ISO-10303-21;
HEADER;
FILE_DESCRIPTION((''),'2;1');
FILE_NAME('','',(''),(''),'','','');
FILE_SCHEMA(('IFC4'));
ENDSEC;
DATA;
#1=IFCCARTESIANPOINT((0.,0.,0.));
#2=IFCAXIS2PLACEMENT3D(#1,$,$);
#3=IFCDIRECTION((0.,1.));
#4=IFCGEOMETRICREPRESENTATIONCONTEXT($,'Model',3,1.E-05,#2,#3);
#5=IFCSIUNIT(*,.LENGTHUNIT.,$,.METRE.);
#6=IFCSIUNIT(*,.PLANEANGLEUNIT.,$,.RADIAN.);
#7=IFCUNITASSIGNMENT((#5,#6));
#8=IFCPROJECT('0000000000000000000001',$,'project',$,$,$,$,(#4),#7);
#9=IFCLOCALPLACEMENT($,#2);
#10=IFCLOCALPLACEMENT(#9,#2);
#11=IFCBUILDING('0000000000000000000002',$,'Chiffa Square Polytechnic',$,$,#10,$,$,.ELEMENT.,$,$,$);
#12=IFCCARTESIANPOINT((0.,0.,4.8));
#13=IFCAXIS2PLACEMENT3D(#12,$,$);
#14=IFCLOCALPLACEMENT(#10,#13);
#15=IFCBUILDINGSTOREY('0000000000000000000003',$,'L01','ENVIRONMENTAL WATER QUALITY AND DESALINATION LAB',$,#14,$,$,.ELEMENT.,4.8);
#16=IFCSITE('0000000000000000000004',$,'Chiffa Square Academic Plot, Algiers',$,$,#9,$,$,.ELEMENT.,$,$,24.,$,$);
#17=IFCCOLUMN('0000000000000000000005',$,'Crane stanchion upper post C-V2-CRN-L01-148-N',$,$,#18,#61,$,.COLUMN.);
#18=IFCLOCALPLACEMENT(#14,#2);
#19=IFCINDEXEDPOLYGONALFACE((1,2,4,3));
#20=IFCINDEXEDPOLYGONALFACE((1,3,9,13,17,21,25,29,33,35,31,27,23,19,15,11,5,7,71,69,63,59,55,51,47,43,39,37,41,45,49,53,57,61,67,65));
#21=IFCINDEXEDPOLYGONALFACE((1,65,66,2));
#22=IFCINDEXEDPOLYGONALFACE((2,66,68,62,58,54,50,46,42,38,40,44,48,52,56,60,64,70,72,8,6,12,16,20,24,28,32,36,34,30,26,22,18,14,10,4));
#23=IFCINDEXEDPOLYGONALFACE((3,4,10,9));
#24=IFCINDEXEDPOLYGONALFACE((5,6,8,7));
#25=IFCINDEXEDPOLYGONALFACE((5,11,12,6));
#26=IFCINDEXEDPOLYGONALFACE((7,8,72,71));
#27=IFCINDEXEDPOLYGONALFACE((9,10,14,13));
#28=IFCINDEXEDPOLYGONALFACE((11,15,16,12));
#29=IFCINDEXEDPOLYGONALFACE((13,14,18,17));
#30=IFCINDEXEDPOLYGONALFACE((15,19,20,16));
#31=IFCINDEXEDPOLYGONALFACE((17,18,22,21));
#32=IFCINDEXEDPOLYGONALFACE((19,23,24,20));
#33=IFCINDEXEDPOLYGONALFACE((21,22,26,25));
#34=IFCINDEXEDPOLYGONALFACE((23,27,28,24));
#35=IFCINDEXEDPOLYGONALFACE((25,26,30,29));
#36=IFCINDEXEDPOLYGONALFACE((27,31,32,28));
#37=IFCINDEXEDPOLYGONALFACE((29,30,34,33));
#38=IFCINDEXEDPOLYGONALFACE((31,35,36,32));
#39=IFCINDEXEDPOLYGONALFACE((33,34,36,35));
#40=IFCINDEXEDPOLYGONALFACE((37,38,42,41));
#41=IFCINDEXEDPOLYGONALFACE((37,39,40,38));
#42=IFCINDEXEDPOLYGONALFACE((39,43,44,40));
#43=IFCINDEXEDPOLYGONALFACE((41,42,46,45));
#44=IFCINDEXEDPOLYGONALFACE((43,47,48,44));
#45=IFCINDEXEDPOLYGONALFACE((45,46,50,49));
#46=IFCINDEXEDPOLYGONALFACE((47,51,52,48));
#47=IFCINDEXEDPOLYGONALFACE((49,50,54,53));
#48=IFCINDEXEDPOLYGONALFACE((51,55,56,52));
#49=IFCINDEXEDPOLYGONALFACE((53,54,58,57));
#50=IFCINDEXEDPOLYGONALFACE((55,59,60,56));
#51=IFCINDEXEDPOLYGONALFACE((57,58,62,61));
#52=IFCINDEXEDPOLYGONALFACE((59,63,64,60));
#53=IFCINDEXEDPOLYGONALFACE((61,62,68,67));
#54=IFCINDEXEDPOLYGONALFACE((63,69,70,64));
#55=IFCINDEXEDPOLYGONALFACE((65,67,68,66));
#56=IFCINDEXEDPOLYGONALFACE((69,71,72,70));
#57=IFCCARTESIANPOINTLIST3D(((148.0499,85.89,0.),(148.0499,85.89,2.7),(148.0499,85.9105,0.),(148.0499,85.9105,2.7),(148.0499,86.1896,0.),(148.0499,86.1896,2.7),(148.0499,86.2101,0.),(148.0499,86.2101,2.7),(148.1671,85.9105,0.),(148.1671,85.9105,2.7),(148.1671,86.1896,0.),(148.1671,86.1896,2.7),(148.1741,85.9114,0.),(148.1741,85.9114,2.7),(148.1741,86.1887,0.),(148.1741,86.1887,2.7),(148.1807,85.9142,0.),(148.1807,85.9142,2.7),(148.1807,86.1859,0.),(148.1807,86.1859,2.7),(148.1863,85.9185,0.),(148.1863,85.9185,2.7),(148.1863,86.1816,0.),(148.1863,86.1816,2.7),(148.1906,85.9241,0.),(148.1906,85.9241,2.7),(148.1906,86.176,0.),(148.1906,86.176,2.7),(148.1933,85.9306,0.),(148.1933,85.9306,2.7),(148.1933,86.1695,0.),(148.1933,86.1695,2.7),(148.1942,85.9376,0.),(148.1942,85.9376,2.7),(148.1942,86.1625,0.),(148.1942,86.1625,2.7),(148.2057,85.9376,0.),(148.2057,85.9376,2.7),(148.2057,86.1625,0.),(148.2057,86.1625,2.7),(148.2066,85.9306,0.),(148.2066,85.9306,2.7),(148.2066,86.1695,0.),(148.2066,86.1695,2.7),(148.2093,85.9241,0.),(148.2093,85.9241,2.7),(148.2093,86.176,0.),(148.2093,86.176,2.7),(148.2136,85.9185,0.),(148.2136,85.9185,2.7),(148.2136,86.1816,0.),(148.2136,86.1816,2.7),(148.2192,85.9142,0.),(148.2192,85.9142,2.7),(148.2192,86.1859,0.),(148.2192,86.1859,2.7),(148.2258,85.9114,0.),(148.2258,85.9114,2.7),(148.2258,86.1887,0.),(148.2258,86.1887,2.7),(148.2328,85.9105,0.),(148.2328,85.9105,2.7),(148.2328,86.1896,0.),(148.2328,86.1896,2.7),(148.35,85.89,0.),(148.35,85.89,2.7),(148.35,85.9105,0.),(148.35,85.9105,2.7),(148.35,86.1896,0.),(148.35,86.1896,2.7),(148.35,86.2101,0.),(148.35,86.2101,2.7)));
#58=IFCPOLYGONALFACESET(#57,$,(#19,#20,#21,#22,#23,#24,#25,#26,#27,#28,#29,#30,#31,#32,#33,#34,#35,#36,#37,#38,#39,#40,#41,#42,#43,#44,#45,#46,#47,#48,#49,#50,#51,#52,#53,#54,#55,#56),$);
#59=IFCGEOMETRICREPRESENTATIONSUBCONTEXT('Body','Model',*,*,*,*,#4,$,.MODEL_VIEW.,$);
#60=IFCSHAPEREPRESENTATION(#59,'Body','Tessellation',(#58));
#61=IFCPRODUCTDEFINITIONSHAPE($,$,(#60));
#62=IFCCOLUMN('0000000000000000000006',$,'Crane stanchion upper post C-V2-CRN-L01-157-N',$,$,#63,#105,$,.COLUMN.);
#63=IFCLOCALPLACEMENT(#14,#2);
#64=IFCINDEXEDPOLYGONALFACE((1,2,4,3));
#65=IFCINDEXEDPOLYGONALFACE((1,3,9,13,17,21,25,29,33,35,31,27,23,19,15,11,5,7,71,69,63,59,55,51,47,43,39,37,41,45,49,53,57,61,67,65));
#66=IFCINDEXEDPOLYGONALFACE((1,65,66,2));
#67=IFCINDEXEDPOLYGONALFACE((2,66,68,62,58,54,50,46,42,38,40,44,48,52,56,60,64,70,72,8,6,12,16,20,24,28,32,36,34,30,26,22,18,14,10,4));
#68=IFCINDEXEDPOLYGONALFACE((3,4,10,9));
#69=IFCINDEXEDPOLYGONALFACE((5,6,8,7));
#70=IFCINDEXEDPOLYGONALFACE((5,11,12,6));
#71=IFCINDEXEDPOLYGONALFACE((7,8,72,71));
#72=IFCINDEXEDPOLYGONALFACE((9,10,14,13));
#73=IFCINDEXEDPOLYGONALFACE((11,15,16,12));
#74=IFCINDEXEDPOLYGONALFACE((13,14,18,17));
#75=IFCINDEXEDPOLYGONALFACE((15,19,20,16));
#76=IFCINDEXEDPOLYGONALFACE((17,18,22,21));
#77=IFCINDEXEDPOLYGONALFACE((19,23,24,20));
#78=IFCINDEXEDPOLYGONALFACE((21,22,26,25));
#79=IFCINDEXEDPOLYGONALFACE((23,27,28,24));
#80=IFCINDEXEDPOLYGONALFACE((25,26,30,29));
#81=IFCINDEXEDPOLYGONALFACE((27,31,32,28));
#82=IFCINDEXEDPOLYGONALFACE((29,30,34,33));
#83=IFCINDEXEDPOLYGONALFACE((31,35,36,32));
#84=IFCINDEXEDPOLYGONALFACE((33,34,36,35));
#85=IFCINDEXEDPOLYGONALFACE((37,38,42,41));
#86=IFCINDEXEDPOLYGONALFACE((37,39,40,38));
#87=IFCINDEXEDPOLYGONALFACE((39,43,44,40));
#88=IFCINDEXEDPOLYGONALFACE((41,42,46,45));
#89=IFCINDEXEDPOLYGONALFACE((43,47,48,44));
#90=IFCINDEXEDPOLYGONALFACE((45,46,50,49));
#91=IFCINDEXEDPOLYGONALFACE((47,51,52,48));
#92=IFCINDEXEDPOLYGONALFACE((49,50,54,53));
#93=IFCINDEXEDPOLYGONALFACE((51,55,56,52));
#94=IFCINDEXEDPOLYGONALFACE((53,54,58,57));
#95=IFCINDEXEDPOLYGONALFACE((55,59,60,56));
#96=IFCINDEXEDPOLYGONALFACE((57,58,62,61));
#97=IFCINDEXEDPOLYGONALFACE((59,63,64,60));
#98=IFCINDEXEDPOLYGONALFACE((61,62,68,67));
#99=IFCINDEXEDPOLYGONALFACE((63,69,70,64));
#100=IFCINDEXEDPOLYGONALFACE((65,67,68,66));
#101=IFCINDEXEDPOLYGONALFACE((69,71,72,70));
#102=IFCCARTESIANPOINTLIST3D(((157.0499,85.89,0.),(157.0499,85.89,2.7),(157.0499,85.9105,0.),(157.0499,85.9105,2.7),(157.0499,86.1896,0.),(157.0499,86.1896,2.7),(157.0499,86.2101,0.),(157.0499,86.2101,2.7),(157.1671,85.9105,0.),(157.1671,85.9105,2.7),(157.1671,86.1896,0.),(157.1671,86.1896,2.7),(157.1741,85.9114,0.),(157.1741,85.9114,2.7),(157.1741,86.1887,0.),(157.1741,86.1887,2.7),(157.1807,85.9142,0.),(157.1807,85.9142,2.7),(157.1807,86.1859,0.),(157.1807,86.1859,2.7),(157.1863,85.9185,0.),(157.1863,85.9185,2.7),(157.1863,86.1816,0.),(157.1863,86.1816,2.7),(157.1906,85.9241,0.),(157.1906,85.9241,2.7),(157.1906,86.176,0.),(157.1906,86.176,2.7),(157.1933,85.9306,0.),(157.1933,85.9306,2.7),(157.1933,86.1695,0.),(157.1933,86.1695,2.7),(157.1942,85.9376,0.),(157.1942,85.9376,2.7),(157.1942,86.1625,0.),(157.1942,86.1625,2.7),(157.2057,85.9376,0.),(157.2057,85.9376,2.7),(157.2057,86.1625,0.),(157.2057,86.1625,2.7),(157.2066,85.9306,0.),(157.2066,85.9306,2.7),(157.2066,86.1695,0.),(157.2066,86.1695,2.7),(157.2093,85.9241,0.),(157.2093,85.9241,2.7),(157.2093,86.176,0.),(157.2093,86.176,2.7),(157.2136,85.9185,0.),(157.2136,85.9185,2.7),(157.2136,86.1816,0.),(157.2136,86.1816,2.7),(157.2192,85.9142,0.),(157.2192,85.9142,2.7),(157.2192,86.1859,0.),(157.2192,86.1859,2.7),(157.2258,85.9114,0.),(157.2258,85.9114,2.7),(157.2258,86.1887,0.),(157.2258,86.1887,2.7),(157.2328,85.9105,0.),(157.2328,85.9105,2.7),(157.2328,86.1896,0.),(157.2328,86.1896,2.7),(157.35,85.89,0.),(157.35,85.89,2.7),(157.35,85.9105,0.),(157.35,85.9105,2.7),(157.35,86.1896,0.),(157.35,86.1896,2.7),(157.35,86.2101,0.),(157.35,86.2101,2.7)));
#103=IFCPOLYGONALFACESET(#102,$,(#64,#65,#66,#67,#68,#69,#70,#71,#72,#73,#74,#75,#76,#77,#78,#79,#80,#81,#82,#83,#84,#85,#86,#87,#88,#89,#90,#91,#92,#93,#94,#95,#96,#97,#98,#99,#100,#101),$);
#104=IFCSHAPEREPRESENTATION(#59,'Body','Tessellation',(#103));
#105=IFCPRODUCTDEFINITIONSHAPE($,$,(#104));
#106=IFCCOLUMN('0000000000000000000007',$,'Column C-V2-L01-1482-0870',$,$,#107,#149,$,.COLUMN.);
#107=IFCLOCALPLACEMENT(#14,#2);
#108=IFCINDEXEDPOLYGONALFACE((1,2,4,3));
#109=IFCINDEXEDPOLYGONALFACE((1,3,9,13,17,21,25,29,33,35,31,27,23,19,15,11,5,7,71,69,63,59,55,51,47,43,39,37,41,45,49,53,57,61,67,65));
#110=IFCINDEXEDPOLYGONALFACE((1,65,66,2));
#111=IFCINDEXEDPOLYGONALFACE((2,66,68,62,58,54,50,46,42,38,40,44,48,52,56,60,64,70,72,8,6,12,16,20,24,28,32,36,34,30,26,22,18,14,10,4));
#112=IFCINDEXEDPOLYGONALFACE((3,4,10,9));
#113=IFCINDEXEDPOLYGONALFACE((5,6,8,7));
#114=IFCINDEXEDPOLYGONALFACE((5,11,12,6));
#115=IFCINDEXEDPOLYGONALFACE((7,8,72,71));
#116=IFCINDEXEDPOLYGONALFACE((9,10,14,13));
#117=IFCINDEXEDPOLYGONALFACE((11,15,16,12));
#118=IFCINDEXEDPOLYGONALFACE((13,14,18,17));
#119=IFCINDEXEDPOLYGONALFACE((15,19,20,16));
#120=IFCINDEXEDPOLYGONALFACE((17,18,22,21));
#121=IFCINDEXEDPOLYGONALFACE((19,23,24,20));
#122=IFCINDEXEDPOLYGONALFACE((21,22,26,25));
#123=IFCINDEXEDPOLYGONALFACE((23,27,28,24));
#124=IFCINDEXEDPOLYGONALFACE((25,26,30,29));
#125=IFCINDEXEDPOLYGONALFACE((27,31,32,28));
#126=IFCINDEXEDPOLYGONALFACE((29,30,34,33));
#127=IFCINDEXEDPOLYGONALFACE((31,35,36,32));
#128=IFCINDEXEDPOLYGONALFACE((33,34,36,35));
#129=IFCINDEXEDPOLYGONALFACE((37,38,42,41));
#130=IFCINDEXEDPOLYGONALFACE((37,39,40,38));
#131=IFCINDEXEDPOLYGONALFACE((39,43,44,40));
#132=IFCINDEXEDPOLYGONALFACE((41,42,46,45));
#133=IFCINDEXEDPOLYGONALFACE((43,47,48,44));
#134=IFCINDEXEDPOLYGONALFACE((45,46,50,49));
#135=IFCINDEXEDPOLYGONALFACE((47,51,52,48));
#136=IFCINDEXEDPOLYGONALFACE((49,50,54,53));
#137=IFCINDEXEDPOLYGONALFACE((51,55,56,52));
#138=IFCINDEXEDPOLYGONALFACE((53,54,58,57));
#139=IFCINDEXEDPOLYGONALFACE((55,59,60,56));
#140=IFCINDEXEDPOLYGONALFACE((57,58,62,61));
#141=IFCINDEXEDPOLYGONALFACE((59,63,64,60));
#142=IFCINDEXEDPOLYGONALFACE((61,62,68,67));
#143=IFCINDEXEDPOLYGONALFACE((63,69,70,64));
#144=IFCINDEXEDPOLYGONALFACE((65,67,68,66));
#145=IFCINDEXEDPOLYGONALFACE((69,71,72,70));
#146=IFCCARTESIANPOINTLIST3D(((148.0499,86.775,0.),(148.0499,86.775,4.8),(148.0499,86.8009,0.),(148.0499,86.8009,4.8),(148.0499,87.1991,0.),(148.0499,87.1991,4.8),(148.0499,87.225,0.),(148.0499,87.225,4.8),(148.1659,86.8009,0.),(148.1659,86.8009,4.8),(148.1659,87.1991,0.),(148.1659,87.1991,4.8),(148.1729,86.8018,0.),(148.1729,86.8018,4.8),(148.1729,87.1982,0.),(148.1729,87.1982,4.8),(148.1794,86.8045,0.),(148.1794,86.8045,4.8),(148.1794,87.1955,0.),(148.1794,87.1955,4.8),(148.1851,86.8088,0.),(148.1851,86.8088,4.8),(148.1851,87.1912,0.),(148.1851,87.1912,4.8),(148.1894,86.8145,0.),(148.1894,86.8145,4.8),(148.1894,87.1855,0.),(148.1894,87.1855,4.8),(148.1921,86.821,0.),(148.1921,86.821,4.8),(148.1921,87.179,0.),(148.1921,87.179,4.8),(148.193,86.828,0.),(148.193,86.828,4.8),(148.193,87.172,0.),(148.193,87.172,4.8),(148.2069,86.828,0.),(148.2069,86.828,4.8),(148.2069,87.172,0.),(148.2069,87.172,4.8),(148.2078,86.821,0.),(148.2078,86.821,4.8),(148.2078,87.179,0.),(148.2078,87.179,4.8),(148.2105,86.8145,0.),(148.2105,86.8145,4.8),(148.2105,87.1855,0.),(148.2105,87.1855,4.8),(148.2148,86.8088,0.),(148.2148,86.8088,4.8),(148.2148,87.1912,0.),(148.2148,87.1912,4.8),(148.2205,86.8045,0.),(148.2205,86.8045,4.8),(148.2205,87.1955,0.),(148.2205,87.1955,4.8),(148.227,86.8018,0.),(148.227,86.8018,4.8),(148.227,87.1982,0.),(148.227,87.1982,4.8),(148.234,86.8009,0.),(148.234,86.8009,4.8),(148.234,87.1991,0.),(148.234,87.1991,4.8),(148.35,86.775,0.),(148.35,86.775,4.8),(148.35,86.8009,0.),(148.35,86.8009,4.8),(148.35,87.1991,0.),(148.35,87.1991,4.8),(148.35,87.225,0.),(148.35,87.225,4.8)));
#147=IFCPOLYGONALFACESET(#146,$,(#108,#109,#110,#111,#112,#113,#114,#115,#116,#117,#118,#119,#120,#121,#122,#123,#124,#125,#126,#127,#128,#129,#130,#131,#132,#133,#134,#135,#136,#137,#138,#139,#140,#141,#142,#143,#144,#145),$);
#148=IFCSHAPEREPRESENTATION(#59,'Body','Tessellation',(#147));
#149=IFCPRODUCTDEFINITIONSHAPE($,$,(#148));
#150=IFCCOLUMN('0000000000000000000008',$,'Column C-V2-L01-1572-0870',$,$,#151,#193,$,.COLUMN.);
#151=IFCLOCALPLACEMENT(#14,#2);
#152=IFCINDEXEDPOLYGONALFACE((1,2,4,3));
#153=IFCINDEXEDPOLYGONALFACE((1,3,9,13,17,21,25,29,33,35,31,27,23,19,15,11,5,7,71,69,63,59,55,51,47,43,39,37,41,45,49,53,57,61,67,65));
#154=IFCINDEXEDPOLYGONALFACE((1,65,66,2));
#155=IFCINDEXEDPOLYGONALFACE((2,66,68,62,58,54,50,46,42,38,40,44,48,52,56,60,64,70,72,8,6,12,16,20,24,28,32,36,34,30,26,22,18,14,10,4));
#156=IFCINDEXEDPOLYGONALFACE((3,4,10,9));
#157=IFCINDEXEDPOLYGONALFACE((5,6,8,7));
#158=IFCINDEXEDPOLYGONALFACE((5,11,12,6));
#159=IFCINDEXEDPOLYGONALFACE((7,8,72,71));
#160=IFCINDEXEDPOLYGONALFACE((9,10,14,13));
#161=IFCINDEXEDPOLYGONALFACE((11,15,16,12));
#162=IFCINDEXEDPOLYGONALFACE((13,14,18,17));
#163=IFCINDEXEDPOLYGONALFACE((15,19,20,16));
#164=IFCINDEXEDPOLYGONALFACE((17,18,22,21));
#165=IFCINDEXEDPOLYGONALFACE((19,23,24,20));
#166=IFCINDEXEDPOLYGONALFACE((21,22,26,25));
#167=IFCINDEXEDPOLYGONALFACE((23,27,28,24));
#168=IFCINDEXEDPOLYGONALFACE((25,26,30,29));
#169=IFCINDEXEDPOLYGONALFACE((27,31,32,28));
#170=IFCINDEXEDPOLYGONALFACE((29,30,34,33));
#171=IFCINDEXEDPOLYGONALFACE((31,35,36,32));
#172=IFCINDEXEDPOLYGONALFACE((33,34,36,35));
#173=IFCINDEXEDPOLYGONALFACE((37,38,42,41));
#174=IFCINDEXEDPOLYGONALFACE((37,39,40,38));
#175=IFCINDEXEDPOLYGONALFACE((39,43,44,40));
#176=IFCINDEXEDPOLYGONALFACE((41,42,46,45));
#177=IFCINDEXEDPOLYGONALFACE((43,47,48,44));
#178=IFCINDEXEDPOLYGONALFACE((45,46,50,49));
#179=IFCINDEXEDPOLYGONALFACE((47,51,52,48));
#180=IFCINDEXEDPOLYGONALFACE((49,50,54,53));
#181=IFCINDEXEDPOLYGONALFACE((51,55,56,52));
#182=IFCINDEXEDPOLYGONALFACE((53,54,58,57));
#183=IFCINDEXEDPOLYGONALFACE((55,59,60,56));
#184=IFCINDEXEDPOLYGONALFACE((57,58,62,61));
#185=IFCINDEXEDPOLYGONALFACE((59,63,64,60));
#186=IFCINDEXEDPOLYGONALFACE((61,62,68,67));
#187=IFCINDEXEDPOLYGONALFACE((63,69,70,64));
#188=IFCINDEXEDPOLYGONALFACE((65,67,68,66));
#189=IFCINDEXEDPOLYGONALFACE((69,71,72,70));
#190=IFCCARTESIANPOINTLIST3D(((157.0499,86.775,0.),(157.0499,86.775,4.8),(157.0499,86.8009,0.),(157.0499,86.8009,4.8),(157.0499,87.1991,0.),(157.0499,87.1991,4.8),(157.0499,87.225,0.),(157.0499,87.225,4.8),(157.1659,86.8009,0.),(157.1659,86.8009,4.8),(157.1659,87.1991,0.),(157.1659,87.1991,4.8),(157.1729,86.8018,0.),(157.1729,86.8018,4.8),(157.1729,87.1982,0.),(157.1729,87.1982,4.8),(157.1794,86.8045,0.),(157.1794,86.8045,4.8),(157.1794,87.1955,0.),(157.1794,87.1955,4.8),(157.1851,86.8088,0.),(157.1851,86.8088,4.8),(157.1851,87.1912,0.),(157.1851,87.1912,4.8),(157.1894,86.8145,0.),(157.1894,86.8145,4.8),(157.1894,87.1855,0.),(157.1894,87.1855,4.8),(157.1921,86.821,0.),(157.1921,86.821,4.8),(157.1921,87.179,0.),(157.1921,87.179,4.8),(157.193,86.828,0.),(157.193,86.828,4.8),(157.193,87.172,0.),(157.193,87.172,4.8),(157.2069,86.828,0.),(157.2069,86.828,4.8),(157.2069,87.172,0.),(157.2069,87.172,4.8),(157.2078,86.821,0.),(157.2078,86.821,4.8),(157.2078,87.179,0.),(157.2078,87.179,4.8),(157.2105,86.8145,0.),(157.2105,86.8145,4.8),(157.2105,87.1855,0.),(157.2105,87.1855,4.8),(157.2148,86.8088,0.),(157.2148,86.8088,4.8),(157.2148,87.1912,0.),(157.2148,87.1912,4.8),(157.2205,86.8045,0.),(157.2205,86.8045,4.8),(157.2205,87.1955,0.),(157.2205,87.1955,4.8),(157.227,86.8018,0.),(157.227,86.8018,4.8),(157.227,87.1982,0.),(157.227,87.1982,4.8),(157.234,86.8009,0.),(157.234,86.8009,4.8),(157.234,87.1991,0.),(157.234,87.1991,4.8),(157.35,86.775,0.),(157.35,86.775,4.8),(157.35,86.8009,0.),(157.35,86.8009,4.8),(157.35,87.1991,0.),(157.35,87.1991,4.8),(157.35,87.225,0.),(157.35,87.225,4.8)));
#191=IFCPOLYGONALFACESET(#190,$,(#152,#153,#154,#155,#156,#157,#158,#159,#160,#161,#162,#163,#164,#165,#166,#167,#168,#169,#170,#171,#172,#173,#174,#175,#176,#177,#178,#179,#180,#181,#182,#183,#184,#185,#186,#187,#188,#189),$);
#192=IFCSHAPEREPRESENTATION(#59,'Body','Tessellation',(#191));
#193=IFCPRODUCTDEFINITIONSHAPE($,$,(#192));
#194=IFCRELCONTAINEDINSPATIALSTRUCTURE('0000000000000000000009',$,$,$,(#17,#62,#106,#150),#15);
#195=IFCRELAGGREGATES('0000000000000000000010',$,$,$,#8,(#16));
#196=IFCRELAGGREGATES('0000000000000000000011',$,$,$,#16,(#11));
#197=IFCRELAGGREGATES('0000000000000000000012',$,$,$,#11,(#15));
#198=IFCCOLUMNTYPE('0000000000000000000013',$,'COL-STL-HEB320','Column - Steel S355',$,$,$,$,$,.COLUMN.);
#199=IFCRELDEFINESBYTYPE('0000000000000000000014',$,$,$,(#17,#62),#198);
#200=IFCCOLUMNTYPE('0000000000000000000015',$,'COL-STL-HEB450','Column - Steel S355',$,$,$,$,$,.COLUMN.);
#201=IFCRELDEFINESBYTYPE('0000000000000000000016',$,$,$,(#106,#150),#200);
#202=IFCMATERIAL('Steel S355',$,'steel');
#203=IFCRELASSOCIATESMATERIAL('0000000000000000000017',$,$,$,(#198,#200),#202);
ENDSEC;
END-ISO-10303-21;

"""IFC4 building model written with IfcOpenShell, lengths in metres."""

from ifc_helpers import new_model, si_unit, direction, frame, origin, origin_2d, place, context, subcontext, project, spatial, i_section, extrude, material, material_profile, profile_set, type_object, element, save


model = new_model("IFC4")

# Units and contexts
model_context = context("Model", 3, precision=1e-05, world=origin(), true_north=direction((0.0, 1.0)))
body_context = subcontext(model_context, "Body", "Model", "MODEL_VIEW")
ifc_project = project(units=[si_unit("LENGTHUNIT", "METRE"), si_unit("PLANEANGLEUNIT", "RADIAN")], contexts=[model_context])

# Site, building, storey
site_placement = place(None, origin())
site = spatial("IfcSite", under=ifc_project, at=site_placement, Name="Chiffa Square Academic Plot, Algiers", CompositionType="ELEMENT", RefElevation=24.0)
building_placement = place(site_placement, origin())
building = spatial("IfcBuilding", under=site, at=building_placement, Name="Chiffa Square Polytechnic", CompositionType="ELEMENT")
storey_placement = place(building_placement, frame((0.0, 0.0, 4.8)))
storey = spatial("IfcBuildingStorey", under=building, at=storey_placement, Name="L01", Description="ENVIRONMENTAL WATER QUALITY AND DESALINATION LAB", CompositionType="ELEMENT", Elevation=4.8)

# Columns
ifc_material_1 = material(Name="Steel S355", Category="steel")
ifc_material_profile_1 = material_profile(ifc_material_1, i_section(OverallWidth=0.3, OverallDepth=0.3201, WebThickness=0.0115, FlangeThickness=0.0205, FilletRadius=0.0271, at=origin_2d()), Name="HEB 320")
ifc_profile_set_1 = profile_set([ifc_material_profile_1], Name="Steel S355")
column_type_1 = type_object("IfcColumnType", Name="COL-STL-HEB320", Description="Column - Steel S355", PredefinedType="COLUMN", material=ifc_profile_set_1)
for number, where, z_axis, x_axis, name in (
    (1, (148.2, 86.05, 0.0), (0.0, 0.0, 1.0), (1.0, 0.0, 0.0), "Crane stanchion upper post C-V2-CRN-L01-148-N"),
    (2, (157.2, 86.05, 0.0), (0.0, 0.0, 1.0), (1.0, 0.0, 0.0), "Crane stanchion upper post C-V2-CRN-L01-157-N"),
):
    element("IfcColumn", number, at=place(storey_placement, frame(where, z_axis=z_axis, x_axis=x_axis)), inside=storey, type_object=column_type_1, Name=name, PredefinedType="COLUMN", context=body_context, shape_type="SweptSolid", body=[
        extrude(i_section(OverallWidth=0.3, OverallDepth=0.3201, WebThickness=0.0115, FlangeThickness=0.0205, FilletRadius=0.0271, at=origin_2d()), origin(), (0.0, 0.0, 1.0), 2.7),
    ])
ifc_material_profile_2 = material_profile(ifc_material_1, i_section(OverallWidth=0.3, OverallDepth=0.45, WebThickness=0.0139, FlangeThickness=0.0259, FilletRadius=0.0271, at=origin_2d()), Name="HEB 450")
ifc_profile_set_2 = profile_set([ifc_material_profile_2], Name="Steel S355")
column_type_2 = type_object("IfcColumnType", Name="COL-STL-HEB450", Description="Column - Steel S355", PredefinedType="COLUMN", material=ifc_profile_set_2)
for number, where, z_axis, x_axis, name in (
    (3, (148.2, 87.0, 0.0), (0.0, 0.0, 1.0), (1.0, 0.0, 0.0), "Column C-V2-L01-1482-0870"),
    (4, (157.2, 87.0, 0.0), (0.0, 0.0, 1.0), (1.0, 0.0, 0.0), "Column C-V2-L01-1572-0870"),
):
    element("IfcColumn", number, at=place(storey_placement, frame(where, z_axis=z_axis, x_axis=x_axis)), inside=storey, type_object=column_type_2, Name=name, PredefinedType="COLUMN", context=body_context, shape_type="SweptSolid", body=[
        extrude(i_section(OverallWidth=0.3, OverallDepth=0.45, WebThickness=0.0139, FlangeThickness=0.0259, FilletRadius=0.0271, at=origin_2d()), origin(), (0.0, 0.0, 1.0), 4.8),
    ])

save(model, "model.ifc")
